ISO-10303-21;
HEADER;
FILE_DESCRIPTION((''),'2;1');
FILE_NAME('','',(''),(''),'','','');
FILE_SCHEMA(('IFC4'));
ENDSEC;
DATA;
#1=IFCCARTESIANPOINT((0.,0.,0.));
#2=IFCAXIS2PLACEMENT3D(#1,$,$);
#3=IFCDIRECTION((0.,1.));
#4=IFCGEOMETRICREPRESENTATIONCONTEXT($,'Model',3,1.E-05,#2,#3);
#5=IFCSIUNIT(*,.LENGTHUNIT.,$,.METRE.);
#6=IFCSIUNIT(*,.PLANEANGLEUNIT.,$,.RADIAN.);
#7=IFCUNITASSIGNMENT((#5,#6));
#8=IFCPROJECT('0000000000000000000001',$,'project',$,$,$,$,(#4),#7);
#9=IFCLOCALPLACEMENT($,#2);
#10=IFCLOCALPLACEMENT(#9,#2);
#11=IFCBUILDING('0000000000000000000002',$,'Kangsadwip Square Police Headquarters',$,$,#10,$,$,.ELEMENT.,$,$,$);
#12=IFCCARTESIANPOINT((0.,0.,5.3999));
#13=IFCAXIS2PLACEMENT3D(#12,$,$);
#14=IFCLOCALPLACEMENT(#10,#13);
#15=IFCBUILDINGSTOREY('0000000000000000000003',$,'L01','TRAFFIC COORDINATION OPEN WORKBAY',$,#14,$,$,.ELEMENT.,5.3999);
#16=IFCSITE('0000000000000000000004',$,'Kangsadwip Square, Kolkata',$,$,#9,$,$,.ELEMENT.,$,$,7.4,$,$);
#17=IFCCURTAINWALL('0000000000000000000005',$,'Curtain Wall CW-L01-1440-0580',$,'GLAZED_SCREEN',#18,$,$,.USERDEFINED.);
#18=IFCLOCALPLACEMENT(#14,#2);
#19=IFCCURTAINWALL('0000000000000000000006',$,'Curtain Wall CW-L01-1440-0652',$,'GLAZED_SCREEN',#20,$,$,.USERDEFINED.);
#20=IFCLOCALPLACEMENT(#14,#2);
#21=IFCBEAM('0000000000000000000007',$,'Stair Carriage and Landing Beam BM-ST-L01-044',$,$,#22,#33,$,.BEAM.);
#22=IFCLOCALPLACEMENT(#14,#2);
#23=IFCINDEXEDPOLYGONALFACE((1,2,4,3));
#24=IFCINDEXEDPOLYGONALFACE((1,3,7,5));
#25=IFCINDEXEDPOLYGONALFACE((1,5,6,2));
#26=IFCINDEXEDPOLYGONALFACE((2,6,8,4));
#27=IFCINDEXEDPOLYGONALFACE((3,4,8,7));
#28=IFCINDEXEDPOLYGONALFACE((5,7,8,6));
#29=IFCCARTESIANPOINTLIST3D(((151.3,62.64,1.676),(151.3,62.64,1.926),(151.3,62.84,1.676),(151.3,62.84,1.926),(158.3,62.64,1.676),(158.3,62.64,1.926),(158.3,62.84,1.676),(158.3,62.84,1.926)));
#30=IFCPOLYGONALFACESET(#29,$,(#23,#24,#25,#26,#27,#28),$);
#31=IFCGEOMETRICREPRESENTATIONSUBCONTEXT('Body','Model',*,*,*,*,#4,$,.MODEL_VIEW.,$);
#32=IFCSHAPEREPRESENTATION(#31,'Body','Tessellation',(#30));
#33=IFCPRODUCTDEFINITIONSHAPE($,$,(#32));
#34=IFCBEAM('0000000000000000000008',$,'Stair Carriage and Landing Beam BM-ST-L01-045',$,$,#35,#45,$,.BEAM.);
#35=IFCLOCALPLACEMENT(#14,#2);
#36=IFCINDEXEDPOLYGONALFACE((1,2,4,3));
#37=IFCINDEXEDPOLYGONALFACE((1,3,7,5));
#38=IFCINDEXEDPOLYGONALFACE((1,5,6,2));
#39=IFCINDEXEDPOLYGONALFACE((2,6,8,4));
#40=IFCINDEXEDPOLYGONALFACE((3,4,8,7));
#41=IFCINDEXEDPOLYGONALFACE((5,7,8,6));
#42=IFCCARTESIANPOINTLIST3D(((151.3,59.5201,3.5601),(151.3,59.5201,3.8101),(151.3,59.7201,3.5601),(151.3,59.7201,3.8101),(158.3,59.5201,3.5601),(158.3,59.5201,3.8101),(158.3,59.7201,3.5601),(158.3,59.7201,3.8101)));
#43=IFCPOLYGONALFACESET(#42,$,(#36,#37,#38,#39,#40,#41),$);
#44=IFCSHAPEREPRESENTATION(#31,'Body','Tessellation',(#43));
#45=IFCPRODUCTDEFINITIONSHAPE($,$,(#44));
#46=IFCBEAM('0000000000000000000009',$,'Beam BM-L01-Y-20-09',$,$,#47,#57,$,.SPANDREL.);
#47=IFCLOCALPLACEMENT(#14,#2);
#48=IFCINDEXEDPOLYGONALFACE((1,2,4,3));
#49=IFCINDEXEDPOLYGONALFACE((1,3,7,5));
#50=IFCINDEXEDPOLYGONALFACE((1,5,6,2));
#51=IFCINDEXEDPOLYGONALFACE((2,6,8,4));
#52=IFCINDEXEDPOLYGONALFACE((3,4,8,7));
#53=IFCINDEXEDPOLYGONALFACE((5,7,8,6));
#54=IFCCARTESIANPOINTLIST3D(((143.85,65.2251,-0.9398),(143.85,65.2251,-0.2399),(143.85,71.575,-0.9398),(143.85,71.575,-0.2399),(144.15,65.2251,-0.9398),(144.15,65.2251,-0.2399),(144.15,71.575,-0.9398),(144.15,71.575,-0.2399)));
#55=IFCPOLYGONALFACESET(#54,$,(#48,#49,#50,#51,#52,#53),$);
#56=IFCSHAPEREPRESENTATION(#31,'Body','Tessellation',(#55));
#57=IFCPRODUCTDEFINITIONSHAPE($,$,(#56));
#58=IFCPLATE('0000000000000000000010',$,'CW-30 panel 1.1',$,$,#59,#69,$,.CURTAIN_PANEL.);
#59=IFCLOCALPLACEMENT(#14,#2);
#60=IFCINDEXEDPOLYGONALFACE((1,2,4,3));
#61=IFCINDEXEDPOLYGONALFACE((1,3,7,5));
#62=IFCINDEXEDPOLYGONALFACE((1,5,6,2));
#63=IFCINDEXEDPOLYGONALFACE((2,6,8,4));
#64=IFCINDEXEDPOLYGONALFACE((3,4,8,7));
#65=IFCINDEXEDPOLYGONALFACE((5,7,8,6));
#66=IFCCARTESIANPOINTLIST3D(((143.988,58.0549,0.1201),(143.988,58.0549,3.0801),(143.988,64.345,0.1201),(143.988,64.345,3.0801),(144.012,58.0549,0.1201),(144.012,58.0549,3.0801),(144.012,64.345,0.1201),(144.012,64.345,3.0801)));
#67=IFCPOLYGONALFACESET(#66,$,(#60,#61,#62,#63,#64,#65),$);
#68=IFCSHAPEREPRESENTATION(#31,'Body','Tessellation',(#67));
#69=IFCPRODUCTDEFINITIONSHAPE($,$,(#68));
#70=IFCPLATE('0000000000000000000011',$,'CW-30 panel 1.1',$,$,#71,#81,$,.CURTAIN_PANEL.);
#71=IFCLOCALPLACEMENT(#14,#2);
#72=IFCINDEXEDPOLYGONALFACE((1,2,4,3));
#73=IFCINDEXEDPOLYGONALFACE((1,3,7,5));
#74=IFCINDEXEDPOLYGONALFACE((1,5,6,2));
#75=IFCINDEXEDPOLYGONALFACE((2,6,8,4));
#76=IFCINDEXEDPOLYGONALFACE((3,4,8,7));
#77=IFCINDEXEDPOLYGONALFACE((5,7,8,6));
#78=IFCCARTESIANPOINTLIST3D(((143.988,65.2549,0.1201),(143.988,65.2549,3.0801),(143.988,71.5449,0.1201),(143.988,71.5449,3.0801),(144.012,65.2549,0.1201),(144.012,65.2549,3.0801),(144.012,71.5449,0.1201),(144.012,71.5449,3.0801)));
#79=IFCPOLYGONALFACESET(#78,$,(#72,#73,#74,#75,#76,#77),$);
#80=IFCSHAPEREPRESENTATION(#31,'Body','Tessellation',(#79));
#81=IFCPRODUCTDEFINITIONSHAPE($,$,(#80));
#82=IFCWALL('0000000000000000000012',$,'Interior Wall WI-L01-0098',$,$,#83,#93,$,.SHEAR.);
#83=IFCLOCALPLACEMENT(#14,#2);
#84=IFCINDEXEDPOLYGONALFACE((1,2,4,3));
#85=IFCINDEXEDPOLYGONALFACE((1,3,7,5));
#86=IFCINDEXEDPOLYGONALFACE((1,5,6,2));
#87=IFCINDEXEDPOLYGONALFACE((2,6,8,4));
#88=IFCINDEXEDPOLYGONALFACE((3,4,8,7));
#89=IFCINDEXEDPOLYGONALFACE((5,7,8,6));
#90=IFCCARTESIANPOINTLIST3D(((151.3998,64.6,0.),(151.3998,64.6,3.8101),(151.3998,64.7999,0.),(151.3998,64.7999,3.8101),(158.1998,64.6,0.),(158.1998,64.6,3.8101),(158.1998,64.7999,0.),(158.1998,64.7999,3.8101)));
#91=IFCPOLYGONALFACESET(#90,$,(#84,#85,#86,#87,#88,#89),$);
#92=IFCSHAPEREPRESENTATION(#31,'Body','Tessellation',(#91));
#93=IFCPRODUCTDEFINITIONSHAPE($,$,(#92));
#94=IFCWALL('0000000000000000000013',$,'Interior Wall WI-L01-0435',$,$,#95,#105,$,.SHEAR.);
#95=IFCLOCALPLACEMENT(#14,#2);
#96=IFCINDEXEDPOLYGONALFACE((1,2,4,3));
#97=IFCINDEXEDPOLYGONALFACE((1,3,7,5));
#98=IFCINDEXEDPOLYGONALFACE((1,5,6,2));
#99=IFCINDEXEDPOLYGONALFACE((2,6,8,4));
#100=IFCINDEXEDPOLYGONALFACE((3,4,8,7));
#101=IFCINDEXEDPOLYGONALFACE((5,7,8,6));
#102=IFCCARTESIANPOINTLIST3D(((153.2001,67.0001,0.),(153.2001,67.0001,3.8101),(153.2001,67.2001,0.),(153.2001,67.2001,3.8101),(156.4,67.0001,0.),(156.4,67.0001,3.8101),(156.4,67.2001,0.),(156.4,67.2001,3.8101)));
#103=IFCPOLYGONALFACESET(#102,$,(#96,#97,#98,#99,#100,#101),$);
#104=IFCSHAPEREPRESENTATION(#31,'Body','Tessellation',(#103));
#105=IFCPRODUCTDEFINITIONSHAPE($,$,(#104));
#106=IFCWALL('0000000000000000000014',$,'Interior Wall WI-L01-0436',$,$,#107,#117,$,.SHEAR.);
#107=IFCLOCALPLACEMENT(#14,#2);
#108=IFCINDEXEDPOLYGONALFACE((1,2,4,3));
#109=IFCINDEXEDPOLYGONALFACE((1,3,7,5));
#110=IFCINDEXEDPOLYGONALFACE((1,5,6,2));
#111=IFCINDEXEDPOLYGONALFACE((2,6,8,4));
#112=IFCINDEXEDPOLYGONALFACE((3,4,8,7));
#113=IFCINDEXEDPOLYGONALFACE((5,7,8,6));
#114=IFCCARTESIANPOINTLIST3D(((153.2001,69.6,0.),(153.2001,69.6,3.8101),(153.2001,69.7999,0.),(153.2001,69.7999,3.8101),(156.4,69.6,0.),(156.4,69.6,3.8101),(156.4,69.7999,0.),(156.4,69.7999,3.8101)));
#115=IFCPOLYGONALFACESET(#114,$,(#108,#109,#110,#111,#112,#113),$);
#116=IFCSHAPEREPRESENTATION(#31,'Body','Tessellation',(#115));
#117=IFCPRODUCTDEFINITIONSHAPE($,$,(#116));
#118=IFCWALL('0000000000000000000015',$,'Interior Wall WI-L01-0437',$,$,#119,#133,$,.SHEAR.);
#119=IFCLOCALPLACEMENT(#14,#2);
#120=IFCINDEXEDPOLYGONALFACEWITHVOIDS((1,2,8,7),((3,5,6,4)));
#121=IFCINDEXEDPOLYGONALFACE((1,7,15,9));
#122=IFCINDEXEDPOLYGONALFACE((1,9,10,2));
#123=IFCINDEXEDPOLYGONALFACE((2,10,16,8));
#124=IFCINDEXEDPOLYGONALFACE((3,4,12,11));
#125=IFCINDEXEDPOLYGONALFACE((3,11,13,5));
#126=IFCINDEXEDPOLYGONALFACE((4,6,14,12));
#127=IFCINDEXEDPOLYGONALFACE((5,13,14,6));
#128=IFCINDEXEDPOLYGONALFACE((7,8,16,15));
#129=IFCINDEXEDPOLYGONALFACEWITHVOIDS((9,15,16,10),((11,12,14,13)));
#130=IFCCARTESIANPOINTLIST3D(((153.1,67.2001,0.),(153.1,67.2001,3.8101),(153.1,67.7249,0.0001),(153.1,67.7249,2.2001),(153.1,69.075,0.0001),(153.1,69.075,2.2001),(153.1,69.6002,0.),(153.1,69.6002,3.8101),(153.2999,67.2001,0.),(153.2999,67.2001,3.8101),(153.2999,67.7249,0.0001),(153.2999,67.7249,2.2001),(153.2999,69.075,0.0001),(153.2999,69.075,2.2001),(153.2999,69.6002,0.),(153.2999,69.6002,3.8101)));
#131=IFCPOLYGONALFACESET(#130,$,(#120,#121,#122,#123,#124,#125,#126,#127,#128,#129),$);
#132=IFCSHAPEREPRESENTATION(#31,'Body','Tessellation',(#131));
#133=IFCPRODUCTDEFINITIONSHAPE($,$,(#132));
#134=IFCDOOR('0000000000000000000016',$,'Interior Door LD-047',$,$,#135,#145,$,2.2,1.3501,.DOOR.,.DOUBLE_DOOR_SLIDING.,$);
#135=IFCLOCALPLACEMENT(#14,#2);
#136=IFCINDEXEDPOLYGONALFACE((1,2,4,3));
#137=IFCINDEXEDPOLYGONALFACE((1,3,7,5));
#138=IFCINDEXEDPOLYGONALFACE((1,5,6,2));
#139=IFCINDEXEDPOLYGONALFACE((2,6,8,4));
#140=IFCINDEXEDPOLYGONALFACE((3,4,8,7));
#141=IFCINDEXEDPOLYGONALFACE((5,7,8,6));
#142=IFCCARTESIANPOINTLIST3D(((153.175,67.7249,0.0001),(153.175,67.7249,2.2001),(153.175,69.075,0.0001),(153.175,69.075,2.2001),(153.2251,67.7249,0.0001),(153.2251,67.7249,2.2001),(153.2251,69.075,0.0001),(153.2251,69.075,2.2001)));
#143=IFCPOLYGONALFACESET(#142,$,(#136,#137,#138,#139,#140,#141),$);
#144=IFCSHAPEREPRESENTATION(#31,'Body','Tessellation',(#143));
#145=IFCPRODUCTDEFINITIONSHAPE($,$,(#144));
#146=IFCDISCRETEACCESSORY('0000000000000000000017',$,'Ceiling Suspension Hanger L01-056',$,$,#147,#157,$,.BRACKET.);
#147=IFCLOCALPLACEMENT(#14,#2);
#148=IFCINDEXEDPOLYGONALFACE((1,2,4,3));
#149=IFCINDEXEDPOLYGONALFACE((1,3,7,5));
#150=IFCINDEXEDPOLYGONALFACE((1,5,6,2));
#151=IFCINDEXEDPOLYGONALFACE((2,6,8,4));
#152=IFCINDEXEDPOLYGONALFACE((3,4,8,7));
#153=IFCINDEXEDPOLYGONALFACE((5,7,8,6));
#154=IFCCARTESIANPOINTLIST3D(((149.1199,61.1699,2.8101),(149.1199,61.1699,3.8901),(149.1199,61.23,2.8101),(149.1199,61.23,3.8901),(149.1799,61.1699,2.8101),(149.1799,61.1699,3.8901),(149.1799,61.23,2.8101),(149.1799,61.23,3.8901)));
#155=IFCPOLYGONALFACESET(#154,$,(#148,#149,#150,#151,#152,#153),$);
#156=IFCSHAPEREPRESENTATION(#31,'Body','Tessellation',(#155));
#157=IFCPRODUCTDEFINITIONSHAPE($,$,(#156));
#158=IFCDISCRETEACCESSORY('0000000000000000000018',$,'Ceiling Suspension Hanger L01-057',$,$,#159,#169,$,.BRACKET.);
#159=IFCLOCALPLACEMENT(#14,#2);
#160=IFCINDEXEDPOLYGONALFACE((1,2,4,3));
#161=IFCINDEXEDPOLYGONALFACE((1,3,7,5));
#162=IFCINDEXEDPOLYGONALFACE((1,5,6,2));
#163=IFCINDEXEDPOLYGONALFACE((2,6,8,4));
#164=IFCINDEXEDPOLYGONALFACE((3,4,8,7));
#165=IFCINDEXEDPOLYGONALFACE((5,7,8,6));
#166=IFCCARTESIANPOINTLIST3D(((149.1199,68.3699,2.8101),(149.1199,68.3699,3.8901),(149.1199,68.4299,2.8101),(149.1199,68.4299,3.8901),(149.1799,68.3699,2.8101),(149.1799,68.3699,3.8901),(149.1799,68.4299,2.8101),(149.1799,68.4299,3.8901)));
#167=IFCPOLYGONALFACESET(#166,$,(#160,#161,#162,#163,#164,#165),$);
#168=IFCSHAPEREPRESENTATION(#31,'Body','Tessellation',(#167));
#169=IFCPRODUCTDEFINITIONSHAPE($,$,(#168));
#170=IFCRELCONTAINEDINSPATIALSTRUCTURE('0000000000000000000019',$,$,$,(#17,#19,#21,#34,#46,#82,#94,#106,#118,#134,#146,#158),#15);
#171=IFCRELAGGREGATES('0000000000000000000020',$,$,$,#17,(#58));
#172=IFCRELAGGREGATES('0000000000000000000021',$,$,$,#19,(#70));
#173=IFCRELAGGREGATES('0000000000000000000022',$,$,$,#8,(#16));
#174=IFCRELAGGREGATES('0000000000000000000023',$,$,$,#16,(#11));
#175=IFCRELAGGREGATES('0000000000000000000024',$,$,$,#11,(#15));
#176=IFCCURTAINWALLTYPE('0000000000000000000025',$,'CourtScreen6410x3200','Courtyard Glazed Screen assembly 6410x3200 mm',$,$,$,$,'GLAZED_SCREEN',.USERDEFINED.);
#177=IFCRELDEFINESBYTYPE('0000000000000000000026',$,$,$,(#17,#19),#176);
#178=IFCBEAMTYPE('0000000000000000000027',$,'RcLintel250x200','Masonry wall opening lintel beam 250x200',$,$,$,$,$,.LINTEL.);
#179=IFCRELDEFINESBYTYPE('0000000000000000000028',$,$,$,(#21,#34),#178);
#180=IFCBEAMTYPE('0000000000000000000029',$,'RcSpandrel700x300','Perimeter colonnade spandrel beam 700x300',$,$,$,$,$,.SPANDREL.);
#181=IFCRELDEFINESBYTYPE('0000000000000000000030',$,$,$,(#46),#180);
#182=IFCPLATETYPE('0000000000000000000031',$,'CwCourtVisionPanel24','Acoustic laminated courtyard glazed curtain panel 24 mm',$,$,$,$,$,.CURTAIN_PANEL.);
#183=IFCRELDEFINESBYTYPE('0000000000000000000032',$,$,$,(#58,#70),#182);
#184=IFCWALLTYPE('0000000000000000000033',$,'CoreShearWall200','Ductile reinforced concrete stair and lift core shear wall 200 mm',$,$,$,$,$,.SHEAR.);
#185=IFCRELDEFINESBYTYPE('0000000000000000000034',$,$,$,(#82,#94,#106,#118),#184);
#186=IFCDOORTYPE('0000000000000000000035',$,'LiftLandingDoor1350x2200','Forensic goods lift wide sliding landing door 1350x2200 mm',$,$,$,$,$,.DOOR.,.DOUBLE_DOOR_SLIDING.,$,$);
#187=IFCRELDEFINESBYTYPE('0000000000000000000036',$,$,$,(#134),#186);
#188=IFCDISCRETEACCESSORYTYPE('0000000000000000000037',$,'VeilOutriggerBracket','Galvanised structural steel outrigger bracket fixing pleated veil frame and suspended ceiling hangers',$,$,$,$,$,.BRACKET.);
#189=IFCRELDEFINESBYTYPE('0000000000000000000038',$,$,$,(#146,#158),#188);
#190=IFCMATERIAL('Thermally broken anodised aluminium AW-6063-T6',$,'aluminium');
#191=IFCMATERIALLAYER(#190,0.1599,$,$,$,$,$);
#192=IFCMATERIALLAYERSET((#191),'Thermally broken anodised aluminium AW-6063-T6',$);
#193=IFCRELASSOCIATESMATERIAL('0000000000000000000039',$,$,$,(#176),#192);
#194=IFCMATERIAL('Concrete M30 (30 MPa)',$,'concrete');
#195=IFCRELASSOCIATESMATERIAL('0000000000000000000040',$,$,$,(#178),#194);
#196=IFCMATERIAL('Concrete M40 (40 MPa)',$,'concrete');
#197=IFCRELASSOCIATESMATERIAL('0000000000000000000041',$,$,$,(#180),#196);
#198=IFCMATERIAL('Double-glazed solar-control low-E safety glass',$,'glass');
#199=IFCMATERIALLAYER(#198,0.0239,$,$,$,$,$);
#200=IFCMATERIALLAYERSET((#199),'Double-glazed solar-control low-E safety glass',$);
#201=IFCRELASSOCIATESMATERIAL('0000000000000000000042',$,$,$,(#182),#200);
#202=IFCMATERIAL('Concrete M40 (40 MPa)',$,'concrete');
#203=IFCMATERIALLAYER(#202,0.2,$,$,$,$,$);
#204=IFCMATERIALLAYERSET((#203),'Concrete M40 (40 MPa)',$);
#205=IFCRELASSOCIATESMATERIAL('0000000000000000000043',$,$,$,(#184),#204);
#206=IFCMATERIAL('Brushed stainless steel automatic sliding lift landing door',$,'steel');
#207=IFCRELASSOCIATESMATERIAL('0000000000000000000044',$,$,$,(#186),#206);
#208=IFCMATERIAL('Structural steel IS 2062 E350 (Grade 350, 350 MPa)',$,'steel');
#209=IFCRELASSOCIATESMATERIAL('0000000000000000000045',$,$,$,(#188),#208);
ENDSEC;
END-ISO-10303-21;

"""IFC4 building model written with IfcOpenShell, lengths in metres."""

from ifc_helpers import new_model, si_unit, direction, frame, frame_2d, origin, origin_2d, place, context, subcontext, project, spatial, rectangle, extrude, material, layer, layer_set, material_profile, profile_set, type_object, element, fill, aggregate, save


model = new_model("IFC4")

# Units and contexts
model_context = context("Model", 3, precision=1e-05, world=origin(), true_north=direction((0.0, 1.0)))
body_context = subcontext(model_context, "Body", "Model", "MODEL_VIEW")
ifc_project = project(units=[si_unit("LENGTHUNIT", "METRE"), si_unit("PLANEANGLEUNIT", "RADIAN")], contexts=[model_context])

# Site, building, storey
site_placement = place(None, origin())
site = spatial("IfcSite", under=ifc_project, at=site_placement, Name="Kangsadwip Square, Kolkata", CompositionType="ELEMENT", RefElevation=7.4)
building_placement = place(site_placement, origin())
building = spatial("IfcBuilding", under=site, at=building_placement, Name="Kangsadwip Square Police Headquarters", CompositionType="ELEMENT")
storey_placement = place(building_placement, frame((0.0, 0.0, 5.3999)))
storey = spatial("IfcBuildingStorey", under=building, at=storey_placement, Name="L01", Description="TRAFFIC COORDINATION OPEN WORKBAY", CompositionType="ELEMENT", Elevation=5.3999)

# Curtain wall
ifc_material_1 = material(Name="Thermally broken anodised aluminium AW-6063-T6", Category="aluminium")
ifc_layer_1 = layer(ifc_material_1, 0.1599)
ifc_layer_set_1 = layer_set([ifc_layer_1], Name="Thermally broken anodised aluminium AW-6063-T6")
curtain_wall_type = type_object("IfcCurtainWallType", Name="CourtScreen6410x3200", Description="Courtyard Glazed Screen assembly 6410x3200 mm", ElementType="GLAZED_SCREEN", PredefinedType="USERDEFINED", material=ifc_layer_set_1)
curtain_wall_1_placement = place(storey_placement, origin())
curtain_wall_1 = element("IfcCurtainWall", 1, at=curtain_wall_1_placement, inside=storey, type_object=curtain_wall_type, Name="Curtain Wall CW-L01-1440-0580", ObjectType="GLAZED_SCREEN", PredefinedType="USERDEFINED")

# Curtain wall
curtain_wall_2_placement = place(storey_placement, origin())
curtain_wall_2 = element("IfcCurtainWall", 2, at=curtain_wall_2_placement, inside=storey, type_object=curtain_wall_type, Name="Curtain Wall CW-L01-1440-0652", ObjectType="GLAZED_SCREEN", PredefinedType="USERDEFINED")

# Beams
ifc_material_2 = material(Name="Concrete M30 (30 MPa)", Category="concrete")
ifc_material_profile_1 = material_profile(ifc_material_2, rectangle(XDim=0.2, YDim=0.25, at=origin_2d()), Name="RC LNT 250X200")
ifc_profile_set_1 = profile_set([ifc_material_profile_1], Name="Concrete M30 (30 MPa)")
beam_type_1 = type_object("IfcBeamType", Name="RcLintel250x200", Description="Masonry wall opening lintel beam 250x200", PredefinedType="LINTEL", material=ifc_profile_set_1)
for number, where, z_axis, x_axis, name in (
    (3, (151.3, 62.74, 1.801), (1.0, 0.0, 0.0), (0.0, 1.0, 0.0), "Stair Carriage and Landing Beam BM-ST-L01-044"),
    (4, (151.3, 59.6201, 3.6851), (1.0, 0.0, 0.0), (0.0, 1.0, 0.0), "Stair Carriage and Landing Beam BM-ST-L01-045"),
):
    element("IfcBeam", number, at=place(storey_placement, frame(where, z_axis=z_axis, x_axis=x_axis)), inside=storey, type_object=beam_type_1, Name=name, PredefinedType="BEAM", context=body_context, shape_type="SweptSolid", body=[
        extrude(rectangle(XDim=0.2, YDim=0.25, at=origin_2d()), origin(), (0.0, 0.0, 1.0), 7.0),
    ])
ifc_material_3 = material(Name="Concrete M40 (40 MPa)", Category="concrete")
ifc_material_profile_2 = material_profile(ifc_material_3, rectangle(XDim=0.3, YDim=0.7, at=origin_2d()), Name="RC SPN 700X300")
ifc_profile_set_2 = profile_set([ifc_material_profile_2], Name="Concrete M40 (40 MPa)")
beam_type_2 = type_object("IfcBeamType", Name="RcSpandrel700x300", Description="Perimeter colonnade spandrel beam 700x300", PredefinedType="SPANDREL", material=ifc_profile_set_2)
beam_1_placement = place(storey_placement, frame((144.0, 65.2251, -0.5898), z_axis=(0.0, 1.0, 0.0), x_axis=(-1.0, 0.0, 0.0)))
element("IfcBeam", 5, at=beam_1_placement, inside=storey, type_object=beam_type_2, Name="Beam BM-L01-Y-20-09", PredefinedType="SPANDREL", context=body_context, shape_type="SweptSolid", body=[
    extrude(rectangle(XDim=0.3, YDim=0.7, at=origin_2d()), origin(), (0.0, 0.0, 1.0), 6.3499),
])

# Plates
ifc_material_4 = material(Name="Double-glazed solar-control low-E safety glass", Category="glass")
ifc_layer_2 = layer(ifc_material_4, 0.0239)
ifc_layer_set_2 = layer_set([ifc_layer_2], Name="Double-glazed solar-control low-E safety glass")
plate_type = type_object("IfcPlateType", Name="CwCourtVisionPanel24", Description="Acoustic laminated courtyard glazed curtain panel 24 mm", PredefinedType="CURTAIN_PANEL", material=ifc_layer_set_2)
plate_1_placement = place(storey_placement, frame((144.0, 61.2, 0.1201), z_axis=(0.0, 0.0, 1.0), x_axis=(0.0, 1.0, 0.0)))
plate_1 = element("IfcPlate", 6, at=plate_1_placement, type_object=plate_type, Name="CW-30 panel 1.1", PredefinedType="CURTAIN_PANEL", context=body_context, shape_type="SweptSolid", body=[
    extrude(rectangle(XDim=6.29, YDim=0.0239, at=origin_2d()), origin(), (0.0, 0.0, 1.0), 2.96),
])
aggregate(curtain_wall_1, [plate_1])
plate_2_placement = place(storey_placement, frame((144.0, 68.3999, 0.1201), z_axis=(0.0, 0.0, 1.0), x_axis=(0.0, 1.0, 0.0)))
plate_2 = element("IfcPlate", 7, at=plate_2_placement, type_object=plate_type, Name="CW-30 panel 1.1", PredefinedType="CURTAIN_PANEL", context=body_context, shape_type="SweptSolid", body=[
    extrude(rectangle(XDim=6.29, YDim=0.0239, at=origin_2d()), origin(), (0.0, 0.0, 1.0), 2.96),
])
aggregate(curtain_wall_2, [plate_2])

# Walls
ifc_material_5 = material(Name="Concrete M40 (40 MPa)", Category="concrete")
ifc_layer_3 = layer(ifc_material_5, 0.2)
ifc_layer_set_3 = layer_set([ifc_layer_3], Name="Concrete M40 (40 MPa)")
wall_type = type_object("IfcWallType", Name="CoreShearWall200", Description="Ductile reinforced concrete stair and lift core shear wall 200 mm", PredefinedType="SHEAR", material=ifc_layer_set_3)
wall_1_placement = place(storey_placement, frame((151.3999, 64.7, 0.0), z_axis=(0.0, 0.0, 1.0), x_axis=(1.0, 0.0, 0.0)))
element("IfcWall", 8, at=wall_1_placement, inside=storey, type_object=wall_type, Name="Interior Wall WI-L01-0098", PredefinedType="SHEAR", context=body_context, shape_type="SweptSolid", body=[
    extrude(rectangle(XDim=6.8, YDim=0.2, at=frame_2d((3.3999, 0.0))), origin(), (0.0, 0.0, 1.0), 3.8101),
])
for number, where, z_axis, x_axis, name in (
    (9, (153.2, 67.1001, 0.0), (0.0, 0.0, 1.0), (1.0, 0.0, 0.0), "Interior Wall WI-L01-0435"),
    (10, (153.2, 69.7, 0.0), (0.0, 0.0, 1.0), (1.0, 0.0, 0.0), "Interior Wall WI-L01-0436"),
):
    element("IfcWall", number, at=place(storey_placement, frame(where, z_axis=z_axis, x_axis=x_axis)), inside=storey, type_object=wall_type, Name=name, PredefinedType="SHEAR", context=body_context, shape_type="SweptSolid", body=[
        extrude(rectangle(XDim=3.2, YDim=0.2, at=frame_2d((1.6001, 0.0))), origin(), (0.0, 0.0, 1.0), 3.8101),
    ])

# Wall, opening, door
wall_2_placement = place(storey_placement, frame((153.2, 67.2, 0.0), z_axis=(0.0, 0.0, 1.0), x_axis=(0.0, 1.0, 0.0)))
wall_2 = element("IfcWall", 11, at=wall_2_placement, inside=storey, type_object=wall_type, Name="Interior Wall WI-L01-0437", PredefinedType="SHEAR", context=body_context, shape_type="SweptSolid", body=[
    extrude(rectangle(XDim=2.4001, YDim=0.2, at=frame_2d((1.2002, 0.0))), origin(), (0.0, 0.0, 1.0), 3.8101),
])
opening_placement = place(wall_2_placement, frame((0.5249, 0.0, 0.0)))
opening = element("IfcOpeningElement", 12, at=opening_placement, cuts=wall_2, PredefinedType="OPENING", context=body_context, shape_type="SweptSolid", body=[
    extrude(rectangle(XDim=1.3501, YDim=2.2, at=frame_2d((0.675, 1.1001))), frame((0.0, 0.1099, 0.0), z_axis=(0.0, -1.0, 0.0), x_axis=(1.0, 0.0, 0.0)), (0.0, 0.0, 1.0), 0.22),
])
ifc_material_6 = material(Name="Brushed stainless steel automatic sliding lift landing door", Category="steel")
door_type = type_object("IfcDoorType", Name="LiftLandingDoor1350x2200", Description="Forensic goods lift wide sliding landing door 1350x2200 mm", OperationType="DOUBLE_DOOR_SLIDING", PredefinedType="DOOR", material=ifc_material_6)
door_placement = place(opening_placement, origin())
door = element("IfcDoor", 13, at=door_placement, inside=storey, type_object=door_type, Name="Interior Door LD-047", OperationType="DOUBLE_DOOR_SLIDING", OverallHeight=2.2, OverallWidth=1.3501, PredefinedType="DOOR", context=body_context, shape_type="SweptSolid", body=[
    extrude(rectangle(XDim=1.3501, YDim=2.2, at=frame_2d((0.675, 1.1001))), frame((0.0, 0.0249, 0.0), z_axis=(0.0, -1.0, 0.0), x_axis=(1.0, 0.0, 0.0)), (0.0, 0.0, 1.0), 0.05),
])
fill(opening, door)

# Discrete accessories
ifc_material_7 = material(Name="Structural steel IS 2062 E350 (Grade 350, 350 MPa)", Category="steel")
discrete_accessory_type = type_object("IfcDiscreteAccessoryType", Name="VeilOutriggerBracket", Description="Galvanised structural steel outrigger bracket fixing pleated veil frame and suspended ceiling hangers", PredefinedType="BRACKET", material=ifc_material_7)
for number, where, z_axis, x_axis, name in (
    (14, (149.1499, 61.2, 2.8101), (0.0, 0.0, 1.0), (1.0, 0.0, 0.0), "Ceiling Suspension Hanger L01-056"),
    (15, (149.1499, 68.3999, 2.8101), (0.0, 0.0, 1.0), (1.0, 0.0, 0.0), "Ceiling Suspension Hanger L01-057"),
):
    element("IfcDiscreteAccessory", number, at=place(storey_placement, frame(where, z_axis=z_axis, x_axis=x_axis)), inside=storey, type_object=discrete_accessory_type, Name=name, PredefinedType="BRACKET", context=body_context, shape_type="SweptSolid", body=[
        extrude(rectangle(XDim=0.0601, YDim=0.0601, at=origin_2d()), origin(), (0.0, 0.0, 1.0), 1.0801),
    ])

save(model, "model.ifc")
